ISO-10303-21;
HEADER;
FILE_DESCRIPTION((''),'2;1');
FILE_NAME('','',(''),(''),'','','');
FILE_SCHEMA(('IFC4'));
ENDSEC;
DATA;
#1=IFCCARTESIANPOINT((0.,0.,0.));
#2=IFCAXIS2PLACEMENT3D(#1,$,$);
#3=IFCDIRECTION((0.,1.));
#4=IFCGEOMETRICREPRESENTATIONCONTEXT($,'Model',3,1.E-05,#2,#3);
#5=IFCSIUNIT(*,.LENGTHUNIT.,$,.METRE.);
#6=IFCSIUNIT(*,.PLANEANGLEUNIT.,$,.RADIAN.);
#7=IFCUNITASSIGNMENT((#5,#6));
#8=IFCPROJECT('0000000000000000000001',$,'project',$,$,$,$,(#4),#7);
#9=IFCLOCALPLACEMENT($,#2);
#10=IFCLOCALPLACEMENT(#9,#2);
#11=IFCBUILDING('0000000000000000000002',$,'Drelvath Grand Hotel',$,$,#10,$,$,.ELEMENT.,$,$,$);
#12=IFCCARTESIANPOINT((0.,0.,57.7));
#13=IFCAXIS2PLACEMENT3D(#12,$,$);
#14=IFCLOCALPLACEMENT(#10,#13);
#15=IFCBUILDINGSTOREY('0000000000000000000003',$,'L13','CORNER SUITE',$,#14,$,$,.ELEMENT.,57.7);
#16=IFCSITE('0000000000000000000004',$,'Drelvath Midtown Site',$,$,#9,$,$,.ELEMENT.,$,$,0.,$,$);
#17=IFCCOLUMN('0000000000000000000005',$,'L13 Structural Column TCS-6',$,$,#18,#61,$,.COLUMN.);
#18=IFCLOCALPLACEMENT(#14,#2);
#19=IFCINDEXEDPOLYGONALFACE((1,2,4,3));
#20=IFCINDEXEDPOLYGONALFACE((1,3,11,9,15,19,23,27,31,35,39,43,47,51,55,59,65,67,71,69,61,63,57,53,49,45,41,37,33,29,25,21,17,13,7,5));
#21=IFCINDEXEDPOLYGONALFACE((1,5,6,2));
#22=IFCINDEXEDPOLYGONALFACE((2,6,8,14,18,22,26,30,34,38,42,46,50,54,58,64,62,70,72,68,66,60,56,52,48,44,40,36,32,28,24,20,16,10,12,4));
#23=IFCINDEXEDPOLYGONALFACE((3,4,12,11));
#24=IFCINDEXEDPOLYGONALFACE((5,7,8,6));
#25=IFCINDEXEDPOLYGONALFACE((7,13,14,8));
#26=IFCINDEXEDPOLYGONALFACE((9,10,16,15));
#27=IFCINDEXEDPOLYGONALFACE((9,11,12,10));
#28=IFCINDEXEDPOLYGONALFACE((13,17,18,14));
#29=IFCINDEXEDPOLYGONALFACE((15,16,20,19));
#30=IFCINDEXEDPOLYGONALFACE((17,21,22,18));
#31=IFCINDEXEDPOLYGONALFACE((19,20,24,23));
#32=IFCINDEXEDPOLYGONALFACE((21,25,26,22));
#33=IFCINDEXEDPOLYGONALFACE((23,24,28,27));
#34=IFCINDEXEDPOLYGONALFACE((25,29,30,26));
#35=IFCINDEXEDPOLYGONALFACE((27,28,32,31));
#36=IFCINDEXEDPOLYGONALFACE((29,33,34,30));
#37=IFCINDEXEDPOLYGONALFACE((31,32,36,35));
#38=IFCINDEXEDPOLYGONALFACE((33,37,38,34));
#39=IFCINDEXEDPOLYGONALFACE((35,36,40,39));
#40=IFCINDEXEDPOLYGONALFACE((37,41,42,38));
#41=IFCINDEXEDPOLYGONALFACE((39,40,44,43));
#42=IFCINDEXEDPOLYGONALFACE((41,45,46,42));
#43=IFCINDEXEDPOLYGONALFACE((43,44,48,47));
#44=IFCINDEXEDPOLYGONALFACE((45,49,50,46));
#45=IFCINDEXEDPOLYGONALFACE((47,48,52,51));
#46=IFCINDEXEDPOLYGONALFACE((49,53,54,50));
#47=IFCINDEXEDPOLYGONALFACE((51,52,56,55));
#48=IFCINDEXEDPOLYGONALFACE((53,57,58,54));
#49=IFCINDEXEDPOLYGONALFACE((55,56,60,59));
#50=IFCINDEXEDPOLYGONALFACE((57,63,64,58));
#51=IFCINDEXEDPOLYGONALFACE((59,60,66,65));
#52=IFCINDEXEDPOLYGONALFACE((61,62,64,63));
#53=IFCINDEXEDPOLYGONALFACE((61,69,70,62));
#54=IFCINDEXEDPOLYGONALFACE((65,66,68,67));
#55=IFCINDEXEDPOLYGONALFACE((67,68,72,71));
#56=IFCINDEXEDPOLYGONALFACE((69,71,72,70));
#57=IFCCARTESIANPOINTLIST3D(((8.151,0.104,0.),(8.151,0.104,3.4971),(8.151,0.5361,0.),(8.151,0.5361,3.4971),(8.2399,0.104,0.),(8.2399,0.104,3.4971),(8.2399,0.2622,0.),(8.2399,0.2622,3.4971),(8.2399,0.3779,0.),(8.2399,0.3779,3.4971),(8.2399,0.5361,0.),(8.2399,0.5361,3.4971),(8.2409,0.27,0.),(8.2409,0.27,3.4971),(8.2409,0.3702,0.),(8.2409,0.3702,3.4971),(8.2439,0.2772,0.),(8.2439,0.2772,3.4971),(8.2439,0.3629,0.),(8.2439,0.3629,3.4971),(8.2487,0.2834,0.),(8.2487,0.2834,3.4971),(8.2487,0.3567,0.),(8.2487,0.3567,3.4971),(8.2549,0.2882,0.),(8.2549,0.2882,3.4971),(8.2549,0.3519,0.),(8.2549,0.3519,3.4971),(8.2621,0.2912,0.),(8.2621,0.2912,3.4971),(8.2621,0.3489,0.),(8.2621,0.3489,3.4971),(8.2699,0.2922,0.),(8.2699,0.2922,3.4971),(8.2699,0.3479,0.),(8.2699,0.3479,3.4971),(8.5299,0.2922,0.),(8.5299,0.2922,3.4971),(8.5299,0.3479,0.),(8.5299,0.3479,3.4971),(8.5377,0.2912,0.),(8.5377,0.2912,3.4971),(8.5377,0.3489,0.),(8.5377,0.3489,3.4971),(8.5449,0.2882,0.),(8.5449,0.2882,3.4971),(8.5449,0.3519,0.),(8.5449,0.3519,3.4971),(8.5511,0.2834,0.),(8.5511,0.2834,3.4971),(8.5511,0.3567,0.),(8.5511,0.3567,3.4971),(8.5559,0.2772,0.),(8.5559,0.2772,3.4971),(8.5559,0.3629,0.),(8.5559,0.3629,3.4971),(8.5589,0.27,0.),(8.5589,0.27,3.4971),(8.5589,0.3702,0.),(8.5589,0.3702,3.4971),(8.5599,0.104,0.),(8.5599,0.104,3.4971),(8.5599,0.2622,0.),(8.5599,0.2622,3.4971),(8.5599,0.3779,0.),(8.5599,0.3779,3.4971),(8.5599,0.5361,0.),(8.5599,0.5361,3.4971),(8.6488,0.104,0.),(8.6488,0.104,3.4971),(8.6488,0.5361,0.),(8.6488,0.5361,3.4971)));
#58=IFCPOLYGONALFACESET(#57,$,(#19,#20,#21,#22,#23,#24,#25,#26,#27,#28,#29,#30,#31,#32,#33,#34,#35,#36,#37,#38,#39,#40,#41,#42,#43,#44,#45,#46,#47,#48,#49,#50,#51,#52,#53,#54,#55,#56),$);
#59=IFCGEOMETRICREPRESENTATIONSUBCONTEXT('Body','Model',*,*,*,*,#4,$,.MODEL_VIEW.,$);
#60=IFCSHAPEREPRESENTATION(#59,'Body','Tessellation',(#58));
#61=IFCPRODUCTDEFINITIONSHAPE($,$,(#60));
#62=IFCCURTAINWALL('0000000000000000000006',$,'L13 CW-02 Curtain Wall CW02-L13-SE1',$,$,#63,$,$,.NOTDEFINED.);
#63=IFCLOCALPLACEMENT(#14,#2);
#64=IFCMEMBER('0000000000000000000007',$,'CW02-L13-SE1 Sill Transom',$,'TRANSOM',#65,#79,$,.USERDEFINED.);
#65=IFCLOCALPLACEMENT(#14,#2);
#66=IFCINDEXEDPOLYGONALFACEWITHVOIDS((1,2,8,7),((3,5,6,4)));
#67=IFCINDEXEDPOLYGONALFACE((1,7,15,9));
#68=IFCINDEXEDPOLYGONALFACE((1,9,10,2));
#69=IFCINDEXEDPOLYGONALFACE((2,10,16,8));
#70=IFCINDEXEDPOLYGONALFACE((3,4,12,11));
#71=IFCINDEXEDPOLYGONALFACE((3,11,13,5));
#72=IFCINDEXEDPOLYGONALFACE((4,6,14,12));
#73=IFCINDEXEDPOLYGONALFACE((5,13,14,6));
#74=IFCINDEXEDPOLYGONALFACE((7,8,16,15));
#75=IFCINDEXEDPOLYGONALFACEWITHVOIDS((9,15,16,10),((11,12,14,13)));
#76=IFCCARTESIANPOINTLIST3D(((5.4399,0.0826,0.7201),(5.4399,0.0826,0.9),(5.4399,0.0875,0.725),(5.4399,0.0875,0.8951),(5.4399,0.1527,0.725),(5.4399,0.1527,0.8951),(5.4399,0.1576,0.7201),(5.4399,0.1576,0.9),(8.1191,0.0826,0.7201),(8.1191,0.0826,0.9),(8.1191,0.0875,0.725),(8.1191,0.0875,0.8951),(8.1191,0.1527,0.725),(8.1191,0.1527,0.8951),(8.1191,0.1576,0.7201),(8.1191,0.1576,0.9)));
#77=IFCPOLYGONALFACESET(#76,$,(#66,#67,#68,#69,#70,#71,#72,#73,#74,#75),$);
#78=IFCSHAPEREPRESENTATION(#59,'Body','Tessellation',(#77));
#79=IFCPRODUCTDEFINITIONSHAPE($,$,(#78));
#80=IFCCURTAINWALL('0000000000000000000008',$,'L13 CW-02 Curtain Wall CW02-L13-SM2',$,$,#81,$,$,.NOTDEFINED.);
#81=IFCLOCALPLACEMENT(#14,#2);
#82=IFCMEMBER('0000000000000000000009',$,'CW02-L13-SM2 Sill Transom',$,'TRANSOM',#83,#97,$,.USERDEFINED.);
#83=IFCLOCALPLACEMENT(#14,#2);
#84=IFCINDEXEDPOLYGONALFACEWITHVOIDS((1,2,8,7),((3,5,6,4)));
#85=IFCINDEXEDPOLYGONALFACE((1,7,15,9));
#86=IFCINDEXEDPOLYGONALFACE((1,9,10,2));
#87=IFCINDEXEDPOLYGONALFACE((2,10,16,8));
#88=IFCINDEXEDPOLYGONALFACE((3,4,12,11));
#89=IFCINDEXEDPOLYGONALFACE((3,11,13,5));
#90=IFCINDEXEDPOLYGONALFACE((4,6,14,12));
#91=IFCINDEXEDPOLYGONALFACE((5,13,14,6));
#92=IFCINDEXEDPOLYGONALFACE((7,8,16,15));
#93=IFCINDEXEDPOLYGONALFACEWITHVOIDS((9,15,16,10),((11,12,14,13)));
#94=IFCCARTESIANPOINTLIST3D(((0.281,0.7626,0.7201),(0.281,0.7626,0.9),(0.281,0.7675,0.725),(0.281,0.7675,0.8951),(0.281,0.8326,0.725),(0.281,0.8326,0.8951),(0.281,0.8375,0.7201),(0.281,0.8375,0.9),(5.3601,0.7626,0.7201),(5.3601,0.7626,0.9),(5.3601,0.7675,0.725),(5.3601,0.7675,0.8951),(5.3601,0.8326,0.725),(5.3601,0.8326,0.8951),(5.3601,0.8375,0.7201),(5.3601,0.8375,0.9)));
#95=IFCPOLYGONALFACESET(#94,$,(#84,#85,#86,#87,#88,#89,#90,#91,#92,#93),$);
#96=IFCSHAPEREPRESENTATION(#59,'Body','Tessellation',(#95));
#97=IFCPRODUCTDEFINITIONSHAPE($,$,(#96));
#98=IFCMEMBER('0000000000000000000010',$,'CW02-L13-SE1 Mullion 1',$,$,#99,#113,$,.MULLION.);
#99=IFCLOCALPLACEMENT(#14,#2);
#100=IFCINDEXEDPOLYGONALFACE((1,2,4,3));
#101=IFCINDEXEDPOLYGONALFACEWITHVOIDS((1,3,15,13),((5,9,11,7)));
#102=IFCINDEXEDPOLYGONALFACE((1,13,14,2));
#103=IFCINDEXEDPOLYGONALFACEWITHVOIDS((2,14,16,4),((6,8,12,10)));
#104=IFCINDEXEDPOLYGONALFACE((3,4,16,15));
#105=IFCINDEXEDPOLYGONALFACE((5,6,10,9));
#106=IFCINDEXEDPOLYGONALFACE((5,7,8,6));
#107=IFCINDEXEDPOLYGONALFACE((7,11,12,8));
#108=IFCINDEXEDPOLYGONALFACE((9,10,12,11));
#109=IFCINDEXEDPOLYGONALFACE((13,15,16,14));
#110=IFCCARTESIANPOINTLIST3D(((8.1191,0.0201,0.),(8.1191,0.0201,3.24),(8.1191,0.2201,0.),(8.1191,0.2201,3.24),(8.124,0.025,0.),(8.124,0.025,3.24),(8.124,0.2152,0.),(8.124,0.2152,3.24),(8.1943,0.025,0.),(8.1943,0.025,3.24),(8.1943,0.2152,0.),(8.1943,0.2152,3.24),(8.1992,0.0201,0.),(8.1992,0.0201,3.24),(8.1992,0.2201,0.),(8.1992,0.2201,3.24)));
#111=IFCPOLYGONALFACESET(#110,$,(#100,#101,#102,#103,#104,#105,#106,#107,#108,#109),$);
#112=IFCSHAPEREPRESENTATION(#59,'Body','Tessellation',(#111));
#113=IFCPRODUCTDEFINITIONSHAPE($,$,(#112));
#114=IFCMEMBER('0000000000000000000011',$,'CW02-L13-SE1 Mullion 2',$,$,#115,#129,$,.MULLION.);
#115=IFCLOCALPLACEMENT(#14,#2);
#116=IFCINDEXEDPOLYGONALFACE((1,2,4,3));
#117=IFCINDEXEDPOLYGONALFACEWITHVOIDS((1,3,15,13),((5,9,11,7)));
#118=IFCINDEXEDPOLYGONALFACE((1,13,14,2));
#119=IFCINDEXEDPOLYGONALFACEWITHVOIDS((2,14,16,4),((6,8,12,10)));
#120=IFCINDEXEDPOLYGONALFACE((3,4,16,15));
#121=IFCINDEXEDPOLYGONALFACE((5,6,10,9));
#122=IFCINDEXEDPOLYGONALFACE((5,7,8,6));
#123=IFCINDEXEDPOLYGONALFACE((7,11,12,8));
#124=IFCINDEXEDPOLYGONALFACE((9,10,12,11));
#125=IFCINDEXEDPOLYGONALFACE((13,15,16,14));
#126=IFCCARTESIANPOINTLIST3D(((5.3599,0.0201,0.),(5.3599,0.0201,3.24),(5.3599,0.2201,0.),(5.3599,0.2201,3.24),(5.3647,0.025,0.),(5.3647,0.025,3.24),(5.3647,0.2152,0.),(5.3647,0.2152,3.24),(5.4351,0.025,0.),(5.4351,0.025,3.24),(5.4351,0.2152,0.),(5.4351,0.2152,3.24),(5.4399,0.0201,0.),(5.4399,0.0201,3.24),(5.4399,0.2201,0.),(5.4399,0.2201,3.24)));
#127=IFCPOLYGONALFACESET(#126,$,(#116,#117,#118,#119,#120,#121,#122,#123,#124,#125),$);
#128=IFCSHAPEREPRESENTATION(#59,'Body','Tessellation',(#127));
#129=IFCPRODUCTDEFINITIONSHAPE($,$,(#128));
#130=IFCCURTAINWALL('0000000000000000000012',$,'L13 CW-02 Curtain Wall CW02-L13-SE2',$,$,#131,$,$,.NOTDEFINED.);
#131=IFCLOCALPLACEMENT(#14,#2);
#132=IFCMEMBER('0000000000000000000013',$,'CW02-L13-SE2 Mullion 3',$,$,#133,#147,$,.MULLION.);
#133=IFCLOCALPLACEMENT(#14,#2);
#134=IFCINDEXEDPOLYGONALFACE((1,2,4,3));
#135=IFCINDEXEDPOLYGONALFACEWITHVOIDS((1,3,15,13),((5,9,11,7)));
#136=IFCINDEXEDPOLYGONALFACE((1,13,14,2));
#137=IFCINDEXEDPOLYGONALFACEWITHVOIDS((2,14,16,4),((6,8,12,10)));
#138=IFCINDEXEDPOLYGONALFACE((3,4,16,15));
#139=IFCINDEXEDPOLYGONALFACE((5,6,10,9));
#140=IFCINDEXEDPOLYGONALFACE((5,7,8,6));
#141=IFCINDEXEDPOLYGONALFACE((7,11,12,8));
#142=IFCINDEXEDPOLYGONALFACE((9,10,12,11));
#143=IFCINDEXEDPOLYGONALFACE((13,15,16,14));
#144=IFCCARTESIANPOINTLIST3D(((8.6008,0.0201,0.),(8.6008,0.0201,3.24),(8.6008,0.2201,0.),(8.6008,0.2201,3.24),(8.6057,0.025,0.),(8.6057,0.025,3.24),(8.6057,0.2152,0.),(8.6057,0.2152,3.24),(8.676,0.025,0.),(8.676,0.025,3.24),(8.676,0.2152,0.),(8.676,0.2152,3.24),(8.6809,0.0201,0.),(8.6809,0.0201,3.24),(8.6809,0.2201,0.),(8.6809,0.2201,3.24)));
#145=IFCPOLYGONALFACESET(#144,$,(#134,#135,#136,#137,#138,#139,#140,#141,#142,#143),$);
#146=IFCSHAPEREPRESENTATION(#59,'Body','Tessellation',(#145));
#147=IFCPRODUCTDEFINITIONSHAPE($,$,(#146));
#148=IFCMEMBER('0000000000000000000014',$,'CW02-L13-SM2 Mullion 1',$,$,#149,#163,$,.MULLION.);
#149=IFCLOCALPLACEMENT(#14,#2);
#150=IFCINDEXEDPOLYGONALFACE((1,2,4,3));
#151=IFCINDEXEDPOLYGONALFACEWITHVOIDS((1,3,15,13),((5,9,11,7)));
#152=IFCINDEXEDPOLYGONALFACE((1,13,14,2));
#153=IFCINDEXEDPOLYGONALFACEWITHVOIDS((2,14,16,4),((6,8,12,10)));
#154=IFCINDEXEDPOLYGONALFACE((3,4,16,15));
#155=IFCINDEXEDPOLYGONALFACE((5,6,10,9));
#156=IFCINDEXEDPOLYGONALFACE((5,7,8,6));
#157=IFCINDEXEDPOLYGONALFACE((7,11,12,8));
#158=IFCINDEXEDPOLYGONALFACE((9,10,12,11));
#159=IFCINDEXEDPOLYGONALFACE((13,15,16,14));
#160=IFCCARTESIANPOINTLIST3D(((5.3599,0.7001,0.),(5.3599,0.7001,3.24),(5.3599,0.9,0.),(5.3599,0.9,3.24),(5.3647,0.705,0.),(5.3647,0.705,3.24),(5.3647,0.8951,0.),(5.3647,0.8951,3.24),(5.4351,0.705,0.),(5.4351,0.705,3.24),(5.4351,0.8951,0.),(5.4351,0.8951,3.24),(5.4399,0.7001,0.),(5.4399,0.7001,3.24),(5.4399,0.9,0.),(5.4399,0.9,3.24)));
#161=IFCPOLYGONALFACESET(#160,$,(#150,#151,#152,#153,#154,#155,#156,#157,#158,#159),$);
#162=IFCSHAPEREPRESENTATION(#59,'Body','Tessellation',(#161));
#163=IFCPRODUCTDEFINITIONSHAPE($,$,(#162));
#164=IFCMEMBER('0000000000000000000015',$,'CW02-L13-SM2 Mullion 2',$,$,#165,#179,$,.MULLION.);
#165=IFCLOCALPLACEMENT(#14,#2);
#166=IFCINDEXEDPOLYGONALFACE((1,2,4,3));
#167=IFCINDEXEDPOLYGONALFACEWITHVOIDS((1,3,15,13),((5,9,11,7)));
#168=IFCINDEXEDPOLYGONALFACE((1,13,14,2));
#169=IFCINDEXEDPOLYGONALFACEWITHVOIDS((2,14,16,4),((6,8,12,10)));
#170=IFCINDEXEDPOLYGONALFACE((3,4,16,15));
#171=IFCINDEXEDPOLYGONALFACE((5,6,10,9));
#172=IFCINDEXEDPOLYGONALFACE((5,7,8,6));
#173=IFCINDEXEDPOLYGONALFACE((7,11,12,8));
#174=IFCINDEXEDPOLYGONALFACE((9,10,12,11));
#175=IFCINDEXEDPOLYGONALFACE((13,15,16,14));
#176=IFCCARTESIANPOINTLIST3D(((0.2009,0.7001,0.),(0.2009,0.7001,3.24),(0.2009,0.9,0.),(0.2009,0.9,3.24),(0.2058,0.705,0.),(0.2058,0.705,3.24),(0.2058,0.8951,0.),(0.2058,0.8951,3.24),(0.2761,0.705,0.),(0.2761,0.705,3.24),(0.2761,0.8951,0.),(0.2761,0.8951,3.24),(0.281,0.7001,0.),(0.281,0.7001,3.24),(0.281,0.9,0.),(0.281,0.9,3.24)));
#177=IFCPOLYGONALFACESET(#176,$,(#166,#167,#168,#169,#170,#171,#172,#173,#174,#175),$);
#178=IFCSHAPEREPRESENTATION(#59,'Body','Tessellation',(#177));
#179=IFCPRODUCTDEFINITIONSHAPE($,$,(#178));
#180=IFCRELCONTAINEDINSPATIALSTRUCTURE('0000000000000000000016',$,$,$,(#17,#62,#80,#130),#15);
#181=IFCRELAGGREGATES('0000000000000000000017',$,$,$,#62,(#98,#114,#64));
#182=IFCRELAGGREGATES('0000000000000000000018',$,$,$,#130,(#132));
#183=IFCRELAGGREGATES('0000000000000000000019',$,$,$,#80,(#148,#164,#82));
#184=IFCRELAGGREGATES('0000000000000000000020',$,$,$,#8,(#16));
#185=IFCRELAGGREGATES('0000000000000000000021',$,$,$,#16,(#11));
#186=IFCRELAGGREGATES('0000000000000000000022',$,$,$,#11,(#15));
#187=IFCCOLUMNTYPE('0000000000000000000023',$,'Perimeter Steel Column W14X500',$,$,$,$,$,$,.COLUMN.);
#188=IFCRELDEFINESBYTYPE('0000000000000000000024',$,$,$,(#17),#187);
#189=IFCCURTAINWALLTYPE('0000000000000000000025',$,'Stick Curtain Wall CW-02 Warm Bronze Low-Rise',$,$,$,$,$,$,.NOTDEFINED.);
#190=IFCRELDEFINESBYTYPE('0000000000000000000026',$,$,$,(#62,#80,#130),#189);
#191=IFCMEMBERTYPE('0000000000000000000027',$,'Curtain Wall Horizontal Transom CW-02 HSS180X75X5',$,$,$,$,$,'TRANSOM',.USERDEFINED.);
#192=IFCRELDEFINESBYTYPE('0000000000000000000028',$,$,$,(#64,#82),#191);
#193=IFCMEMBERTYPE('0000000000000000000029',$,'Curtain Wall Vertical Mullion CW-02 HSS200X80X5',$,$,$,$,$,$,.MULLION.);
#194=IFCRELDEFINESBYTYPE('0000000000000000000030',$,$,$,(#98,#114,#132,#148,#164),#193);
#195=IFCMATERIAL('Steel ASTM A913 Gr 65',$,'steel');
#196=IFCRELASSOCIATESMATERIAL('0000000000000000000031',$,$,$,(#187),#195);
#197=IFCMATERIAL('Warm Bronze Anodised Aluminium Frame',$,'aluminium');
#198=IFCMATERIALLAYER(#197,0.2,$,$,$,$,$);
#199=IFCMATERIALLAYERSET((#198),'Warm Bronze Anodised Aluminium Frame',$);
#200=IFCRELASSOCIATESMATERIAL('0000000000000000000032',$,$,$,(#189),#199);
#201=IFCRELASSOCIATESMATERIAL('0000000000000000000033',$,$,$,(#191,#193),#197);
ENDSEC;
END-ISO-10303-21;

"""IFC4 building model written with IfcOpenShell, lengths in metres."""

from ifc_helpers import new_model, si_unit, direction, frame, origin, origin_2d, place, context, subcontext, project, spatial, hollow_rectangle, i_section, extrude, material, layer, layer_set, material_profile, profile_set, type_object, element, aggregate, save


model = new_model("IFC4")

# Units and contexts
model_context = context("Model", 3, precision=1e-05, world=origin(), true_north=direction((0.0, 1.0)))
body_context = subcontext(model_context, "Body", "Model", "MODEL_VIEW")
ifc_project = project(units=[si_unit("LENGTHUNIT", "METRE"), si_unit("PLANEANGLEUNIT", "RADIAN")], contexts=[model_context])

# Site, building, storey
site_placement = place(None, origin())
site = spatial("IfcSite", under=ifc_project, at=site_placement, Name="Drelvath Midtown Site", CompositionType="ELEMENT", RefElevation=0.0)
building_placement = place(site_placement, origin())
building = spatial("IfcBuilding", under=site, at=building_placement, Name="Drelvath Grand Hotel", CompositionType="ELEMENT")
storey_placement = place(building_placement, frame((0.0, 0.0, 57.7)))
storey = spatial("IfcBuildingStorey", under=building, at=storey_placement, Name="L13", Description="CORNER SUITE", CompositionType="ELEMENT", Elevation=57.7)

# Column
ifc_material_1 = material(Name="Steel ASTM A913 Gr 65", Category="steel")
ifc_material_profile_1 = material_profile(ifc_material_1, i_section(OverallWidth=0.4321, OverallDepth=0.4978, WebThickness=0.0557, FlangeThickness=0.0889, FilletRadius=0.03, at=origin_2d()), Name="W14X500")
ifc_profile_set_1 = profile_set([ifc_material_profile_1], Name="Steel ASTM A913 Gr 65")
column_type = type_object("IfcColumnType", Name="Perimeter Steel Column W14X500", PredefinedType="COLUMN", material=ifc_profile_set_1)
column_placement = place(storey_placement, frame((8.3999, 0.3201, 0.0), z_axis=(0.0, 0.0, 1.0), x_axis=(0.0, 1.0, 0.0)))
element("IfcColumn", 1, at=column_placement, inside=storey, type_object=column_type, Name="L13 Structural Column TCS-6", PredefinedType="COLUMN", context=body_context, shape_type="SweptSolid", body=[
    extrude(i_section(OverallWidth=0.4321, OverallDepth=0.4978, WebThickness=0.0557, FlangeThickness=0.0889, FilletRadius=0.03, at=origin_2d()), origin(), (0.0, 0.0, 1.0), 3.4971),
])

# Curtain walls, members
ifc_material_2 = material(Name="Warm Bronze Anodised Aluminium Frame", Category="aluminium")
ifc_layer_1 = layer(ifc_material_2, 0.2)
ifc_layer_set_1 = layer_set([ifc_layer_1], Name="Warm Bronze Anodised Aluminium Frame")
curtain_wall_type = type_object("IfcCurtainWallType", Name="Stick Curtain Wall CW-02 Warm Bronze Low-Rise", PredefinedType="NOTDEFINED", material=ifc_layer_set_1)
curtain_wall_1_placement = place(storey_placement, origin())
curtain_wall_1 = element("IfcCurtainWall", 2, at=curtain_wall_1_placement, inside=storey, type_object=curtain_wall_type, Name="L13 CW-02 Curtain Wall CW02-L13-SE1", PredefinedType="NOTDEFINED")
ifc_material_profile_2 = material_profile(ifc_material_2, hollow_rectangle(XDim=0.075, YDim=0.1799, WallThickness=0.0049, at=origin_2d()), Name="HSS180X75X5")
ifc_profile_set_2 = profile_set([ifc_material_profile_2], Name="Warm Bronze Anodised Aluminium Frame")
member_type_1 = type_object("IfcMemberType", Name="Curtain Wall Horizontal Transom CW-02 HSS180X75X5", ElementType="TRANSOM", PredefinedType="USERDEFINED", material=ifc_profile_set_2)
member_1_placement = place(storey_placement, frame((8.1191, 0.1201, 0.8101), z_axis=(-1.0, 0.0, 0.0), x_axis=(0.0, -1.0, 0.0)))
member_1 = element("IfcMember", 3, at=member_1_placement, type_object=member_type_1, Name="CW02-L13-SE1 Sill Transom", ObjectType="TRANSOM", PredefinedType="USERDEFINED", context=body_context, shape_type="SweptSolid", body=[
    extrude(hollow_rectangle(XDim=0.075, YDim=0.1799, WallThickness=0.0049, at=origin_2d()), origin(), (0.0, 0.0, 1.0), 2.6792),
])
curtain_wall_2_placement = place(storey_placement, origin())
curtain_wall_2 = element("IfcCurtainWall", 4, at=curtain_wall_2_placement, inside=storey, type_object=curtain_wall_type, Name="L13 CW-02 Curtain Wall CW02-L13-SM2", PredefinedType="NOTDEFINED")
member_2_placement = place(storey_placement, frame((5.3601, 0.8, 0.8101), z_axis=(-1.0, 0.0, 0.0), x_axis=(0.0, -1.0, 0.0)))
member_2 = element("IfcMember", 5, at=member_2_placement, type_object=member_type_1, Name="CW02-L13-SM2 Sill Transom", ObjectType="TRANSOM", PredefinedType="USERDEFINED", context=body_context, shape_type="SweptSolid", body=[
    extrude(hollow_rectangle(XDim=0.075, YDim=0.1799, WallThickness=0.0049, at=origin_2d()), origin(), (0.0, 0.0, 1.0), 5.0791),
])

# Members
ifc_material_profile_3 = material_profile(ifc_material_2, hollow_rectangle(XDim=0.0801, YDim=0.2, WallThickness=0.0049, at=origin_2d()), Name="HSS200X80X5")
ifc_profile_set_3 = profile_set([ifc_material_profile_3], Name="Warm Bronze Anodised Aluminium Frame")
member_type_2 = type_object("IfcMemberType", Name="Curtain Wall Vertical Mullion CW-02 HSS200X80X5", PredefinedType="MULLION", material=ifc_profile_set_3)
member_3_placement = place(storey_placement, frame((8.1592, 0.1201, 0.0), z_axis=(0.0, 0.0, 1.0), x_axis=(1.0, 0.0, 0.0)))
member_3 = element("IfcMember", 6, at=member_3_placement, type_object=member_type_2, Name="CW02-L13-SE1 Mullion 1", PredefinedType="MULLION", context=body_context, shape_type="SweptSolid", body=[
    extrude(hollow_rectangle(XDim=0.0801, YDim=0.2, WallThickness=0.0049, at=origin_2d()), origin(), (0.0, 0.0, 1.0), 3.24),
])
member_4_placement = place(storey_placement, frame((5.3999, 0.1201, 0.0), z_axis=(0.0, 0.0, 1.0), x_axis=(1.0, 0.0, 0.0)))
member_4 = element("IfcMember", 7, at=member_4_placement, type_object=member_type_2, Name="CW02-L13-SE1 Mullion 2", PredefinedType="MULLION", context=body_context, shape_type="SweptSolid", body=[
    extrude(hollow_rectangle(XDim=0.0801, YDim=0.2, WallThickness=0.0049, at=origin_2d()), origin(), (0.0, 0.0, 1.0), 3.24),
])

# Curtain wall, member
curtain_wall_3_placement = place(storey_placement, origin())
curtain_wall_3 = element("IfcCurtainWall", 8, at=curtain_wall_3_placement, inside=storey, type_object=curtain_wall_type, Name="L13 CW-02 Curtain Wall CW02-L13-SE2", PredefinedType="NOTDEFINED")
member_5_placement = place(storey_placement, frame((8.6409, 0.1201, 0.0), z_axis=(0.0, 0.0, 1.0), x_axis=(1.0, 0.0, 0.0)))
member_5 = element("IfcMember", 9, at=member_5_placement, type_object=member_type_2, Name="CW02-L13-SE2 Mullion 3", PredefinedType="MULLION", context=body_context, shape_type="SweptSolid", body=[
    extrude(hollow_rectangle(XDim=0.0801, YDim=0.2, WallThickness=0.0049, at=origin_2d()), origin(), (0.0, 0.0, 1.0), 3.24),
])

# Members
member_6_placement = place(storey_placement, frame((5.3999, 0.8, 0.0), z_axis=(0.0, 0.0, 1.0), x_axis=(1.0, 0.0, 0.0)))
member_6 = element("IfcMember", 10, at=member_6_placement, type_object=member_type_2, Name="CW02-L13-SM2 Mullion 1", PredefinedType="MULLION", context=body_context, shape_type="SweptSolid", body=[
    extrude(hollow_rectangle(XDim=0.0801, YDim=0.2, WallThickness=0.0049, at=origin_2d()), origin(), (0.0, 0.0, 1.0), 3.24),
])
member_7_placement = place(storey_placement, frame((0.241, 0.8, 0.0), z_axis=(0.0, 0.0, 1.0), x_axis=(1.0, 0.0, 0.0)))
member_7 = element("IfcMember", 11, at=member_7_placement, type_object=member_type_2, Name="CW02-L13-SM2 Mullion 2", PredefinedType="MULLION", context=body_context, shape_type="SweptSolid", body=[
    extrude(hollow_rectangle(XDim=0.0801, YDim=0.2, WallThickness=0.0049, at=origin_2d()), origin(), (0.0, 0.0, 1.0), 3.24),
])

aggregate(curtain_wall_1, [member_3, member_4, member_1])
aggregate(curtain_wall_3, [member_5])
aggregate(curtain_wall_2, [member_6, member_7, member_2])

save(model, "model.ifc")
